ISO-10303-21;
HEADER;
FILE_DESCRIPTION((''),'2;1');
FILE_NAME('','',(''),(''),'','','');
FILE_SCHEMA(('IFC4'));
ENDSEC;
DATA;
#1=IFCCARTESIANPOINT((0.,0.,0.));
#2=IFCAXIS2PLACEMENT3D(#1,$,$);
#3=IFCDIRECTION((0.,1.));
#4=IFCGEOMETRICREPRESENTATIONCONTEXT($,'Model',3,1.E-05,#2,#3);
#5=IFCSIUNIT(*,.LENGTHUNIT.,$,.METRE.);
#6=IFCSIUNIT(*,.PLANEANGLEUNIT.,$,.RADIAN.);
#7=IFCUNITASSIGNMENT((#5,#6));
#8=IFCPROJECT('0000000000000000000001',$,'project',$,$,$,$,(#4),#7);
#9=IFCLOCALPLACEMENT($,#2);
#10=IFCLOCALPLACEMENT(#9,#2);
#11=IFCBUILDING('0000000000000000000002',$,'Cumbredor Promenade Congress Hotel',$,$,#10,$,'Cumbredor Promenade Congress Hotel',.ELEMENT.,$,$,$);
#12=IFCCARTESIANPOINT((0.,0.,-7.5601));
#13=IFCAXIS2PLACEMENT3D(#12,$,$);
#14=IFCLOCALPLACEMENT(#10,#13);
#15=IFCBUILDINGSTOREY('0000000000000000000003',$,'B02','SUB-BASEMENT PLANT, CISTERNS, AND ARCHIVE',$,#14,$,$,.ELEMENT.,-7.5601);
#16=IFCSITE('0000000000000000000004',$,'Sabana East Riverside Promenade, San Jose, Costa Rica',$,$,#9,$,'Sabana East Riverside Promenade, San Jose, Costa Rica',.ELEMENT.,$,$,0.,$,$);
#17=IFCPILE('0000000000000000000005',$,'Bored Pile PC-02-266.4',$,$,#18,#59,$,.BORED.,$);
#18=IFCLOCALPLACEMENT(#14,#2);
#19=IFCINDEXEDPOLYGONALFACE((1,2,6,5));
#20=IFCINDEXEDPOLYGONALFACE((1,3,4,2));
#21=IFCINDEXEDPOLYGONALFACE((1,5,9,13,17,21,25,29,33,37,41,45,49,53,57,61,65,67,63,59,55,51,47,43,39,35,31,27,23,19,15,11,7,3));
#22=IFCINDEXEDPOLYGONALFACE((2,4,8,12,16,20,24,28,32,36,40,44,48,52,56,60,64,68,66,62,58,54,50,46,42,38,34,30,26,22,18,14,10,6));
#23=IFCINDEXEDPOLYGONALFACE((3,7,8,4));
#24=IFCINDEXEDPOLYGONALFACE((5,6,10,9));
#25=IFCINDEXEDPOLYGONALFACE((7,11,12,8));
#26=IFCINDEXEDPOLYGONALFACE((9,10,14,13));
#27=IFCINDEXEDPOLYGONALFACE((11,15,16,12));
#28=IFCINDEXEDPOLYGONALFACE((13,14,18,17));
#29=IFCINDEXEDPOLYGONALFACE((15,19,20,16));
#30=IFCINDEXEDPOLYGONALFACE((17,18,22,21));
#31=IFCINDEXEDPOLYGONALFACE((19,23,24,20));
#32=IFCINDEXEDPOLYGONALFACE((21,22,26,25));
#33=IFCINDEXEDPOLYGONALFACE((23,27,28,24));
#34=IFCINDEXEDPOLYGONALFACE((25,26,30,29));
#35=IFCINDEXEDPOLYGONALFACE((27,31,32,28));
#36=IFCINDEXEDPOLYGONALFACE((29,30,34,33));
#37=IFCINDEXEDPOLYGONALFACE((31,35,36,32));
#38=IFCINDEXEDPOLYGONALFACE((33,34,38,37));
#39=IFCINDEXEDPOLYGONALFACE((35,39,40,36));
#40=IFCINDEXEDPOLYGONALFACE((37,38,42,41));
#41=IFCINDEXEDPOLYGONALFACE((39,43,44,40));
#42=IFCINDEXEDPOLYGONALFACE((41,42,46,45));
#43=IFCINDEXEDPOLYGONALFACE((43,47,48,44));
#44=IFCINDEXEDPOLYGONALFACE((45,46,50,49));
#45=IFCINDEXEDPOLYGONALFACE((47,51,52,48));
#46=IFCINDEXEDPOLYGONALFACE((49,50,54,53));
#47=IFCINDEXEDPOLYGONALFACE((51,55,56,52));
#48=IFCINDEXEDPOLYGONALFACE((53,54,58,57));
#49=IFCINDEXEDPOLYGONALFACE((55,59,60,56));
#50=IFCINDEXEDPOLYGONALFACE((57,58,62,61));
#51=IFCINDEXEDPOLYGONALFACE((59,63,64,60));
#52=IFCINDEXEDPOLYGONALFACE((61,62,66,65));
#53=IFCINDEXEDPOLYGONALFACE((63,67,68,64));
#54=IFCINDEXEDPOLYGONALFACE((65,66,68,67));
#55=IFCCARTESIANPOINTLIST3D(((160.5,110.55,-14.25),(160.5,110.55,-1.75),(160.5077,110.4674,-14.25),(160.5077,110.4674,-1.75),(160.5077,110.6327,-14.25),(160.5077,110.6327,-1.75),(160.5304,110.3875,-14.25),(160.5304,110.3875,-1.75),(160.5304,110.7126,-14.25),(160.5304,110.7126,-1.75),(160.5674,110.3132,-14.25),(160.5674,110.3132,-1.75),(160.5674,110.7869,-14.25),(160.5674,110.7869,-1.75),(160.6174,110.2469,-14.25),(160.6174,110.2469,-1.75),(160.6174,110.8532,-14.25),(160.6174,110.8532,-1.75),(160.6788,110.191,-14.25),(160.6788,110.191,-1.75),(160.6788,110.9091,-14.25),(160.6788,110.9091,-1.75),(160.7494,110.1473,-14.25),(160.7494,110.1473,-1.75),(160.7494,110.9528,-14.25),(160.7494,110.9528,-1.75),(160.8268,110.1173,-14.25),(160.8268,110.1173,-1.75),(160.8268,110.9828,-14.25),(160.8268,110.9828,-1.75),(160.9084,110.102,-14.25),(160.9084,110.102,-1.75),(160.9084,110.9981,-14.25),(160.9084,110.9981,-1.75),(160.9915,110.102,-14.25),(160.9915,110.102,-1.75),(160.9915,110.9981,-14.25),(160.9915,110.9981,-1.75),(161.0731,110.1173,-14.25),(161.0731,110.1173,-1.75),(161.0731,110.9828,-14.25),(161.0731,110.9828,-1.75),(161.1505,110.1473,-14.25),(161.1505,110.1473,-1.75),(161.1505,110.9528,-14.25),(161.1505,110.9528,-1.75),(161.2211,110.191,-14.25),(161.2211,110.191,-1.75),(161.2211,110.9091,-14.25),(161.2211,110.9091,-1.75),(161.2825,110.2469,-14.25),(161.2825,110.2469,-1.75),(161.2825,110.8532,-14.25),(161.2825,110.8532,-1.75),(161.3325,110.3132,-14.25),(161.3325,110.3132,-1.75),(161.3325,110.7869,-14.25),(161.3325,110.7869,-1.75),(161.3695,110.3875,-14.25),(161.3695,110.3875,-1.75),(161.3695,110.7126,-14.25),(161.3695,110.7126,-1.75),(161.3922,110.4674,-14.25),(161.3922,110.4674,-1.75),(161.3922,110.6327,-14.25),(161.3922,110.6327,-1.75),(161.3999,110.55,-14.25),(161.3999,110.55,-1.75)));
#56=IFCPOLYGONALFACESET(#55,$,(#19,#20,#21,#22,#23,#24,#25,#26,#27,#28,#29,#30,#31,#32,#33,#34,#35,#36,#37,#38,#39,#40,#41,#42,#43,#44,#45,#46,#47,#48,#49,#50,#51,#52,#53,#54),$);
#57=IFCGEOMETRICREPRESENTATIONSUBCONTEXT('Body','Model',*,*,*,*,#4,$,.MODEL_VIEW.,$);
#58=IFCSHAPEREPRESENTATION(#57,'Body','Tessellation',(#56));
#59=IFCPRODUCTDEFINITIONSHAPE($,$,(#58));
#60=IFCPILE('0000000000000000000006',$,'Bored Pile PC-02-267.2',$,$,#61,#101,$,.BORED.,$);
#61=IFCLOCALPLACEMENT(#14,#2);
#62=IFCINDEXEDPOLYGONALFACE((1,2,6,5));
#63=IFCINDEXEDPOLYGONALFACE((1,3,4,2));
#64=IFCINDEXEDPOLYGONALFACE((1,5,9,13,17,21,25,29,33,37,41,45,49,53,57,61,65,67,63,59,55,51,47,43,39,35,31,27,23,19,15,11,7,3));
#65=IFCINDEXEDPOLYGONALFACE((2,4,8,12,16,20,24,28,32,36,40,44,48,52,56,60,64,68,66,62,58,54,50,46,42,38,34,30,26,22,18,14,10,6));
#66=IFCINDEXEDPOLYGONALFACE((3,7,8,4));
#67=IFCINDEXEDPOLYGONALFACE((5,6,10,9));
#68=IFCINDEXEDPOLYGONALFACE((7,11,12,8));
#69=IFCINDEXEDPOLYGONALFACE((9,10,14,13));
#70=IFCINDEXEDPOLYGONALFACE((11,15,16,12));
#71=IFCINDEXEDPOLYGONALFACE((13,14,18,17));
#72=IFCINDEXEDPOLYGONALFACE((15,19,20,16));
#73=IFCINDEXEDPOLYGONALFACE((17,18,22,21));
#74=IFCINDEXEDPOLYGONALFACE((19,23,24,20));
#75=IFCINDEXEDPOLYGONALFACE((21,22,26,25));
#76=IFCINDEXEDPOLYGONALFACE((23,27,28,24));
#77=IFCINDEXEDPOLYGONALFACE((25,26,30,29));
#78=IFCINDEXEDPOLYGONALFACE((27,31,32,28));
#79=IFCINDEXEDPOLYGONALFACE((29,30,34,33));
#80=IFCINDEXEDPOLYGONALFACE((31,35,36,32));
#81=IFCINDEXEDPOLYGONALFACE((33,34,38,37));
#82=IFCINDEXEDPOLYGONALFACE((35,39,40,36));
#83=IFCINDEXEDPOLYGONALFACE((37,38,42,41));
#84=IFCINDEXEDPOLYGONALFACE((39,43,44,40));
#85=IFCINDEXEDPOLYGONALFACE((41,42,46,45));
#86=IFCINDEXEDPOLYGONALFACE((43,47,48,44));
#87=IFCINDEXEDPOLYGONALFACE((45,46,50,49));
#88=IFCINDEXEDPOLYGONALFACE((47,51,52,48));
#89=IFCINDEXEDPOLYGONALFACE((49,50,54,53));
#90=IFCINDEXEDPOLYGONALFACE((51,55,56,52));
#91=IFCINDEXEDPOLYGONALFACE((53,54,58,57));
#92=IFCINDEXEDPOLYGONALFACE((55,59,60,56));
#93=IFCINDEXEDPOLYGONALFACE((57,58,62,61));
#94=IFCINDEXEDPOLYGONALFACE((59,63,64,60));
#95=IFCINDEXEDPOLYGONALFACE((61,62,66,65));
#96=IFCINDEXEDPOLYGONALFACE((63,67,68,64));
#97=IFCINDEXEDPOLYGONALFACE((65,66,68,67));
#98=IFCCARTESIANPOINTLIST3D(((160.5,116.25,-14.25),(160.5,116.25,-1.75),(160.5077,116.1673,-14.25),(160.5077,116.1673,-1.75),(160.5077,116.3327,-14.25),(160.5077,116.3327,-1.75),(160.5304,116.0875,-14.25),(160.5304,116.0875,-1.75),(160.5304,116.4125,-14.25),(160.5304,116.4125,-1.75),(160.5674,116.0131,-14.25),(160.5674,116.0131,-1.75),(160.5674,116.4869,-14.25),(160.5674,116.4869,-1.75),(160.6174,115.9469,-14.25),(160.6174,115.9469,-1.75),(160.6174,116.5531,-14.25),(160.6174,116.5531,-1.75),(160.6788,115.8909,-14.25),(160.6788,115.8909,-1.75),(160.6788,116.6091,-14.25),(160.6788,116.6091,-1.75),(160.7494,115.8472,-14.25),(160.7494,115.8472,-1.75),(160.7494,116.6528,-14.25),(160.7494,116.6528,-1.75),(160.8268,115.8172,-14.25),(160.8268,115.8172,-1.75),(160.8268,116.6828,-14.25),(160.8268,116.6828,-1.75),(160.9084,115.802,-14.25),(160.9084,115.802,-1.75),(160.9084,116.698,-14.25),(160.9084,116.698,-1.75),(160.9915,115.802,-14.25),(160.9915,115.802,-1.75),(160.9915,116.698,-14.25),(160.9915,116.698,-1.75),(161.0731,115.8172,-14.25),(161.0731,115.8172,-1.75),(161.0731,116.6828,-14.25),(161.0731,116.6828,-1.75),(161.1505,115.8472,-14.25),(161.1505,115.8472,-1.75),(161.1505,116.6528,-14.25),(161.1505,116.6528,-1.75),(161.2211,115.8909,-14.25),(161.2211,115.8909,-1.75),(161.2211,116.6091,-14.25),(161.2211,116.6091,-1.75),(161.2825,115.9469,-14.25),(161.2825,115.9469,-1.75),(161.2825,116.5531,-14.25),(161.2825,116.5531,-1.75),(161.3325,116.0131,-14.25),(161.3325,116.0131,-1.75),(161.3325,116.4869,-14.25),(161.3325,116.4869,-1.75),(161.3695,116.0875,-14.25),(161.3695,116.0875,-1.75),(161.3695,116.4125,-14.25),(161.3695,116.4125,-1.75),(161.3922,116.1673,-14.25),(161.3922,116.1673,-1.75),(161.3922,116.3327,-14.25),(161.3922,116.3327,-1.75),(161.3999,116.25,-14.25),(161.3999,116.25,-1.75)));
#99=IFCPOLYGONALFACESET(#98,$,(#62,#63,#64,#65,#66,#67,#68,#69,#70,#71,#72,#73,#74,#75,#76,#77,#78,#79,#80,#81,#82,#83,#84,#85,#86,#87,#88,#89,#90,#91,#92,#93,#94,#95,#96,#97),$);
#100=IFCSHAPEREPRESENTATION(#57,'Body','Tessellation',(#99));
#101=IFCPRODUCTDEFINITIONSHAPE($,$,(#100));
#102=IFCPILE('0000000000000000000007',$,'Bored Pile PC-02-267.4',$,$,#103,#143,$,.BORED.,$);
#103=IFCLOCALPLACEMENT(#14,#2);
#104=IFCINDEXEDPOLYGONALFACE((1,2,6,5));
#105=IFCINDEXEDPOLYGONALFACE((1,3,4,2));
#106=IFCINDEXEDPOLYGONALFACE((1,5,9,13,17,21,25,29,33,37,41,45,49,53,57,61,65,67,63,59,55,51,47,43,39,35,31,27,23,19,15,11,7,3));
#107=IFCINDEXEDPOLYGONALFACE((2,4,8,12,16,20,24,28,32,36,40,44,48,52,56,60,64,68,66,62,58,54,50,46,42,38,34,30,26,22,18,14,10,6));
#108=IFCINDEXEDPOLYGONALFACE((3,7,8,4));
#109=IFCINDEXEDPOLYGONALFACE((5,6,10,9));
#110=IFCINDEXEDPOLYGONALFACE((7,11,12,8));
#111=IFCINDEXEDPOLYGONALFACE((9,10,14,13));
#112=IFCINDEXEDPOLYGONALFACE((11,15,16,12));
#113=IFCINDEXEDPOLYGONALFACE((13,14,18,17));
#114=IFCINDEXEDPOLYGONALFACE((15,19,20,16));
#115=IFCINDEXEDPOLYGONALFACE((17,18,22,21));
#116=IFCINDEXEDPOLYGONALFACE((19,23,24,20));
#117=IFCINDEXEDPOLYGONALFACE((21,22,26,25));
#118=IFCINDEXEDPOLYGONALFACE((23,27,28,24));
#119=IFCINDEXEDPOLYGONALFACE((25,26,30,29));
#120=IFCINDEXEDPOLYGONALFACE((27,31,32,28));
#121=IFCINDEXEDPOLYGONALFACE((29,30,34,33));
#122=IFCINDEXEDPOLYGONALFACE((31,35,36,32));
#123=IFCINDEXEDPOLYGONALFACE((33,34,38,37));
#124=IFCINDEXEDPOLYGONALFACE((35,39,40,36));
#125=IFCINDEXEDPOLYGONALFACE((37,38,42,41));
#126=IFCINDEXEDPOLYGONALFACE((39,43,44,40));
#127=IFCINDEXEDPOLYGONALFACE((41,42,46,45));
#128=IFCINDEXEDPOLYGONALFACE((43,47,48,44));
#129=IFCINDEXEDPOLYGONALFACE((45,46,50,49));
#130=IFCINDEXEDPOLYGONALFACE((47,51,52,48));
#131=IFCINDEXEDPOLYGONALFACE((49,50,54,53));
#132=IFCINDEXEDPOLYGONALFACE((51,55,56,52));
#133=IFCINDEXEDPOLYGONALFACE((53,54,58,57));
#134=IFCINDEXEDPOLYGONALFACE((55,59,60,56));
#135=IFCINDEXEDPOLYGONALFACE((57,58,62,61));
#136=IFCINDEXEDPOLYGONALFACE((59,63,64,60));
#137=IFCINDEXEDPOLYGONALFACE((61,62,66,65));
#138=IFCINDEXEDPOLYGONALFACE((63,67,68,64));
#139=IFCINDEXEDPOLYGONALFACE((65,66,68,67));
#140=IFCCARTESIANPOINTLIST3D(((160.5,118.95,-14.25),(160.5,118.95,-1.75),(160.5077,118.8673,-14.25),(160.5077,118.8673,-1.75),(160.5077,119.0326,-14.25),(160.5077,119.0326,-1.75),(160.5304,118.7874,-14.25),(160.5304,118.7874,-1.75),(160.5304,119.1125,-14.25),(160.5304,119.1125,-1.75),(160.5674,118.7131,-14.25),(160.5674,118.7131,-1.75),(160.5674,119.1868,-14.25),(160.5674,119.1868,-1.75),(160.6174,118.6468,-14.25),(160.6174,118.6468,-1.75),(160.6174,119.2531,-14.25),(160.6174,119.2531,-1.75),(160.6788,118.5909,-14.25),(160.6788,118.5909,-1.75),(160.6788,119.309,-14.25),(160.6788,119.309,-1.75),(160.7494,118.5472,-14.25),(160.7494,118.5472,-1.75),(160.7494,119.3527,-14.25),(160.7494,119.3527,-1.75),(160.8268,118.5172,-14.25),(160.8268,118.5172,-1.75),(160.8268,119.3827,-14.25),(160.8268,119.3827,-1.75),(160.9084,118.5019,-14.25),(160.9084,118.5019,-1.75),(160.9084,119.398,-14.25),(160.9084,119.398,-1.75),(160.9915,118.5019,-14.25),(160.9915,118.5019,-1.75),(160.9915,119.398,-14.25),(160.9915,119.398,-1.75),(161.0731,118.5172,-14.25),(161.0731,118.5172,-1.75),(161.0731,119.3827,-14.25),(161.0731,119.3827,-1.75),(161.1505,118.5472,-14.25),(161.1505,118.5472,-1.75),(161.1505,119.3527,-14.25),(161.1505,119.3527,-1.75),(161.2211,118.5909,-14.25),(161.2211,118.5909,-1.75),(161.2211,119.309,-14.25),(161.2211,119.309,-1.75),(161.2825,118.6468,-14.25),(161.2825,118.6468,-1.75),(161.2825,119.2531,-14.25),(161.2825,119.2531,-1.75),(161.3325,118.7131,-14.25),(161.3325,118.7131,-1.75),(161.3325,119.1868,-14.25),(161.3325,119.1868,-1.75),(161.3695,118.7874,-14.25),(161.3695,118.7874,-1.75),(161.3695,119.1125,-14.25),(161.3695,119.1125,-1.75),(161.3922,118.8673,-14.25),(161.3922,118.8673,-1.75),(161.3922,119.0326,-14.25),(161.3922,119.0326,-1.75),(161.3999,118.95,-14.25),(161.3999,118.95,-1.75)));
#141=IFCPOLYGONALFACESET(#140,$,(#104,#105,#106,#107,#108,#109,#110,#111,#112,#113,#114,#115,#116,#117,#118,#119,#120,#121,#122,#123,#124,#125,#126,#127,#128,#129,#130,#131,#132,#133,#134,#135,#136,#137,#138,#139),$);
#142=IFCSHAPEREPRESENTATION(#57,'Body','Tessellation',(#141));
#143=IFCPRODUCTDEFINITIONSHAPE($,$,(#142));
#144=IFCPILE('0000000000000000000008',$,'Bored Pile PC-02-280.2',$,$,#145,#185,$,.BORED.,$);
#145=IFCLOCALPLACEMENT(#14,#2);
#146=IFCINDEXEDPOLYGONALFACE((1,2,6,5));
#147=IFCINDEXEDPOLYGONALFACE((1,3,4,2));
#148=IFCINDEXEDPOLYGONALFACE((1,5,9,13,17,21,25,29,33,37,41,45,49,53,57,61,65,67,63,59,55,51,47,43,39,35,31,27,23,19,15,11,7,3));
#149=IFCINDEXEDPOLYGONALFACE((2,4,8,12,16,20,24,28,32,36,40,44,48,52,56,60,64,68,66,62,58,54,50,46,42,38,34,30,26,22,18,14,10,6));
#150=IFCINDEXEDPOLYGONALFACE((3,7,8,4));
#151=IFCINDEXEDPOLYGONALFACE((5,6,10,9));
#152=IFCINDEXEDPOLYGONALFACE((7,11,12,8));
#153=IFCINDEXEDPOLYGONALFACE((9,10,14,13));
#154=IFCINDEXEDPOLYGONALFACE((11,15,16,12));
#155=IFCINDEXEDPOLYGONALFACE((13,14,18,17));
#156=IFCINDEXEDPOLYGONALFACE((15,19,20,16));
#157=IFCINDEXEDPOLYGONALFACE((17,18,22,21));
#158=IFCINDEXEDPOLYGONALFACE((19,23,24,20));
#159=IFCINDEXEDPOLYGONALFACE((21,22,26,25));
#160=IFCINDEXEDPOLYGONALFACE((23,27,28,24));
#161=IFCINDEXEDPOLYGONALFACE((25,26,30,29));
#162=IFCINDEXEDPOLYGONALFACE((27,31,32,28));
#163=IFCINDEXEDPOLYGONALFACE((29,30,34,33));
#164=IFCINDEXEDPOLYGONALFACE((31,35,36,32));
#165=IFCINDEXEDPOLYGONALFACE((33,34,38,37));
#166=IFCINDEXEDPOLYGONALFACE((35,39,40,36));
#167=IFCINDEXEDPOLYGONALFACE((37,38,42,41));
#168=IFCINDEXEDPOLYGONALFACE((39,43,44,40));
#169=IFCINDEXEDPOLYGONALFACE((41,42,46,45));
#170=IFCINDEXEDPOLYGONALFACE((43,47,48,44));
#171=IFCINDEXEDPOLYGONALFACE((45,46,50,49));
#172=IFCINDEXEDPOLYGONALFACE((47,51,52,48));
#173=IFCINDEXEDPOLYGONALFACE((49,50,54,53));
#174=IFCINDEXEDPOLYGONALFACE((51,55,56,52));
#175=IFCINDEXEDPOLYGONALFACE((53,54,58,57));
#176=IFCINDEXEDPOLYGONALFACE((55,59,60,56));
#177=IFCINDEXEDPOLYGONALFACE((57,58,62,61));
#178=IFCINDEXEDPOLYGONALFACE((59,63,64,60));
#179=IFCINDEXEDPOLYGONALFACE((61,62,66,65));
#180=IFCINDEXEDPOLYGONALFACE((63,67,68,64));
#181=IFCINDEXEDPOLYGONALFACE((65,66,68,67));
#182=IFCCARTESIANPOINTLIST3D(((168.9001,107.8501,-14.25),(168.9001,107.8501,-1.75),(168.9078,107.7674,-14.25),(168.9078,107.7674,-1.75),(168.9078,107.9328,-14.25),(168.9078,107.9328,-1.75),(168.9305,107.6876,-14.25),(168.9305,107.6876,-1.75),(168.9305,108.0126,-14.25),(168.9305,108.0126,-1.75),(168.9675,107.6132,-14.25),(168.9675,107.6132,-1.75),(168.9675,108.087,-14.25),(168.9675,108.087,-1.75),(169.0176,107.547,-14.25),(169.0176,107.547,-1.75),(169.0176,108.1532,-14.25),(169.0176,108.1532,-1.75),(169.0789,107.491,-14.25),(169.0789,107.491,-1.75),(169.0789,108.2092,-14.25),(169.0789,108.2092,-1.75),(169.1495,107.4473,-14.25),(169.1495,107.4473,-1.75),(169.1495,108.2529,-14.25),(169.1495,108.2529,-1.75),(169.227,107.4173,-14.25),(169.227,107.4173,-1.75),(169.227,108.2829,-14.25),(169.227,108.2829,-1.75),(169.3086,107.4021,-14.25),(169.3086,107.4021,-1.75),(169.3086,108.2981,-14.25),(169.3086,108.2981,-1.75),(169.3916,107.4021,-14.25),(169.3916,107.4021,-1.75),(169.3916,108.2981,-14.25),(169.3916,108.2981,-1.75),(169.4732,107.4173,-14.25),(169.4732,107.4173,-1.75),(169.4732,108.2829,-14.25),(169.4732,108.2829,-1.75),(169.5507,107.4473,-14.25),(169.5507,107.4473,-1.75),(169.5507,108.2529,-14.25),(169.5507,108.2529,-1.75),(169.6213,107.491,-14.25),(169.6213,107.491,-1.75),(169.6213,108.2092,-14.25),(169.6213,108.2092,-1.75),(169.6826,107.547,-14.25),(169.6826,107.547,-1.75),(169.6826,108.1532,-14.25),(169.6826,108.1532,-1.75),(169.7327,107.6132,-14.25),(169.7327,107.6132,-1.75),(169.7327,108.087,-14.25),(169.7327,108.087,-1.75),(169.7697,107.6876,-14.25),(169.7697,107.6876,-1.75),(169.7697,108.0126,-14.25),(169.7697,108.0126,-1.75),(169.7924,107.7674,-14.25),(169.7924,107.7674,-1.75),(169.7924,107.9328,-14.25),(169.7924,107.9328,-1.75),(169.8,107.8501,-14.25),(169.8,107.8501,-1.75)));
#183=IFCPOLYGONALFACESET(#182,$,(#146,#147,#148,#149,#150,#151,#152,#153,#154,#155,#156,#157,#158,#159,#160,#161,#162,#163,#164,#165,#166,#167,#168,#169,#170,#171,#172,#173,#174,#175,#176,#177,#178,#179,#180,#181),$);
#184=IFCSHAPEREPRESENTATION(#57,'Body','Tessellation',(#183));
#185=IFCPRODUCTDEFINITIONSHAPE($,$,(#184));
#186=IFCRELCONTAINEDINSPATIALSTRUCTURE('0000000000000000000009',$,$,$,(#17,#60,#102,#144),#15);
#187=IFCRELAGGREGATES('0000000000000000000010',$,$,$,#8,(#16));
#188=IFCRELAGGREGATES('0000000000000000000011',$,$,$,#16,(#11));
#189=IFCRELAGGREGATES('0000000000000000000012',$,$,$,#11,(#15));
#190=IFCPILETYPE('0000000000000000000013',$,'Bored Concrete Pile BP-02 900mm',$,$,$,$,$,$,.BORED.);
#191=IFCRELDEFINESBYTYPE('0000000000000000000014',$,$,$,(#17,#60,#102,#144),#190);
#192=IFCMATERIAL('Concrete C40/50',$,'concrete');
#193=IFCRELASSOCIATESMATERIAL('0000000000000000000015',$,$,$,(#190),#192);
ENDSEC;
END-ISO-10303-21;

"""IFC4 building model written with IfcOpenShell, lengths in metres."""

from ifc_helpers import new_model, si_unit, direction, frame, origin, origin_2d, place, context, subcontext, project, spatial, circle, extrude, material, material_profile, profile_set, type_object, element, save


model = new_model("IFC4")

# Units and contexts
model_context = context("Model", 3, precision=1e-05, world=origin(), true_north=direction((0.0, 1.0)))
body_context = subcontext(model_context, "Body", "Model", "MODEL_VIEW")
ifc_project = project(units=[si_unit("LENGTHUNIT", "METRE"), si_unit("PLANEANGLEUNIT", "RADIAN")], contexts=[model_context])

# Site, building, storey
site_placement = place(None, origin())
site = spatial("IfcSite", under=ifc_project, at=site_placement, Name="Sabana East Riverside Promenade, San Jose, Costa Rica", LongName="Sabana East Riverside Promenade, San Jose, Costa Rica", CompositionType="ELEMENT", RefElevation=0.0)
building_placement = place(site_placement, origin())
building = spatial("IfcBuilding", under=site, at=building_placement, Name="Cumbredor Promenade Congress Hotel", LongName="Cumbredor Promenade Congress Hotel", CompositionType="ELEMENT")
storey_placement = place(building_placement, frame((0.0, 0.0, -7.5601)))
storey = spatial("IfcBuildingStorey", under=building, at=storey_placement, Name="B02", Description="SUB-BASEMENT PLANT, CISTERNS, AND ARCHIVE", CompositionType="ELEMENT", Elevation=-7.5601)

# Piles
ifc_material_1 = material(Name="Concrete C40/50", Category="concrete")
ifc_material_profile_1 = material_profile(ifc_material_1, circle(Radius=0.45, at=origin_2d()), Name="PILE D900")
ifc_profile_set_1 = profile_set([ifc_material_profile_1], Name="Concrete C40/50")
pile_type = type_object("IfcPileType", Name="Bored Concrete Pile BP-02 900mm", PredefinedType="BORED", material=ifc_profile_set_1)
for number, where, z_axis, x_axis, name in (
    (1, (160.95, 110.55, -1.75), (0.0, 0.0, -1.0), (1.0, 0.0, 0.0), "Bored Pile PC-02-266.4"),
    (2, (160.95, 116.25, -1.75), (0.0, 0.0, -1.0), (1.0, 0.0, 0.0), "Bored Pile PC-02-267.2"),
    (3, (160.95, 118.95, -1.75), (0.0, 0.0, -1.0), (1.0, 0.0, 0.0), "Bored Pile PC-02-267.4"),
    (4, (169.3501, 107.8501, -1.75), (0.0, 0.0, -1.0), (1.0, 0.0, 0.0), "Bored Pile PC-02-280.2"),
):
    element("IfcPile", number, at=place(storey_placement, frame(where, z_axis=z_axis, x_axis=x_axis)), inside=storey, type_object=pile_type, Name=name, PredefinedType="BORED", context=body_context, shape_type="SweptSolid", body=[
        extrude(circle(Radius=0.45, at=origin_2d()), origin(), (0.0, 0.0, 1.0), 12.5),
    ])

save(model, "model.ifc")
